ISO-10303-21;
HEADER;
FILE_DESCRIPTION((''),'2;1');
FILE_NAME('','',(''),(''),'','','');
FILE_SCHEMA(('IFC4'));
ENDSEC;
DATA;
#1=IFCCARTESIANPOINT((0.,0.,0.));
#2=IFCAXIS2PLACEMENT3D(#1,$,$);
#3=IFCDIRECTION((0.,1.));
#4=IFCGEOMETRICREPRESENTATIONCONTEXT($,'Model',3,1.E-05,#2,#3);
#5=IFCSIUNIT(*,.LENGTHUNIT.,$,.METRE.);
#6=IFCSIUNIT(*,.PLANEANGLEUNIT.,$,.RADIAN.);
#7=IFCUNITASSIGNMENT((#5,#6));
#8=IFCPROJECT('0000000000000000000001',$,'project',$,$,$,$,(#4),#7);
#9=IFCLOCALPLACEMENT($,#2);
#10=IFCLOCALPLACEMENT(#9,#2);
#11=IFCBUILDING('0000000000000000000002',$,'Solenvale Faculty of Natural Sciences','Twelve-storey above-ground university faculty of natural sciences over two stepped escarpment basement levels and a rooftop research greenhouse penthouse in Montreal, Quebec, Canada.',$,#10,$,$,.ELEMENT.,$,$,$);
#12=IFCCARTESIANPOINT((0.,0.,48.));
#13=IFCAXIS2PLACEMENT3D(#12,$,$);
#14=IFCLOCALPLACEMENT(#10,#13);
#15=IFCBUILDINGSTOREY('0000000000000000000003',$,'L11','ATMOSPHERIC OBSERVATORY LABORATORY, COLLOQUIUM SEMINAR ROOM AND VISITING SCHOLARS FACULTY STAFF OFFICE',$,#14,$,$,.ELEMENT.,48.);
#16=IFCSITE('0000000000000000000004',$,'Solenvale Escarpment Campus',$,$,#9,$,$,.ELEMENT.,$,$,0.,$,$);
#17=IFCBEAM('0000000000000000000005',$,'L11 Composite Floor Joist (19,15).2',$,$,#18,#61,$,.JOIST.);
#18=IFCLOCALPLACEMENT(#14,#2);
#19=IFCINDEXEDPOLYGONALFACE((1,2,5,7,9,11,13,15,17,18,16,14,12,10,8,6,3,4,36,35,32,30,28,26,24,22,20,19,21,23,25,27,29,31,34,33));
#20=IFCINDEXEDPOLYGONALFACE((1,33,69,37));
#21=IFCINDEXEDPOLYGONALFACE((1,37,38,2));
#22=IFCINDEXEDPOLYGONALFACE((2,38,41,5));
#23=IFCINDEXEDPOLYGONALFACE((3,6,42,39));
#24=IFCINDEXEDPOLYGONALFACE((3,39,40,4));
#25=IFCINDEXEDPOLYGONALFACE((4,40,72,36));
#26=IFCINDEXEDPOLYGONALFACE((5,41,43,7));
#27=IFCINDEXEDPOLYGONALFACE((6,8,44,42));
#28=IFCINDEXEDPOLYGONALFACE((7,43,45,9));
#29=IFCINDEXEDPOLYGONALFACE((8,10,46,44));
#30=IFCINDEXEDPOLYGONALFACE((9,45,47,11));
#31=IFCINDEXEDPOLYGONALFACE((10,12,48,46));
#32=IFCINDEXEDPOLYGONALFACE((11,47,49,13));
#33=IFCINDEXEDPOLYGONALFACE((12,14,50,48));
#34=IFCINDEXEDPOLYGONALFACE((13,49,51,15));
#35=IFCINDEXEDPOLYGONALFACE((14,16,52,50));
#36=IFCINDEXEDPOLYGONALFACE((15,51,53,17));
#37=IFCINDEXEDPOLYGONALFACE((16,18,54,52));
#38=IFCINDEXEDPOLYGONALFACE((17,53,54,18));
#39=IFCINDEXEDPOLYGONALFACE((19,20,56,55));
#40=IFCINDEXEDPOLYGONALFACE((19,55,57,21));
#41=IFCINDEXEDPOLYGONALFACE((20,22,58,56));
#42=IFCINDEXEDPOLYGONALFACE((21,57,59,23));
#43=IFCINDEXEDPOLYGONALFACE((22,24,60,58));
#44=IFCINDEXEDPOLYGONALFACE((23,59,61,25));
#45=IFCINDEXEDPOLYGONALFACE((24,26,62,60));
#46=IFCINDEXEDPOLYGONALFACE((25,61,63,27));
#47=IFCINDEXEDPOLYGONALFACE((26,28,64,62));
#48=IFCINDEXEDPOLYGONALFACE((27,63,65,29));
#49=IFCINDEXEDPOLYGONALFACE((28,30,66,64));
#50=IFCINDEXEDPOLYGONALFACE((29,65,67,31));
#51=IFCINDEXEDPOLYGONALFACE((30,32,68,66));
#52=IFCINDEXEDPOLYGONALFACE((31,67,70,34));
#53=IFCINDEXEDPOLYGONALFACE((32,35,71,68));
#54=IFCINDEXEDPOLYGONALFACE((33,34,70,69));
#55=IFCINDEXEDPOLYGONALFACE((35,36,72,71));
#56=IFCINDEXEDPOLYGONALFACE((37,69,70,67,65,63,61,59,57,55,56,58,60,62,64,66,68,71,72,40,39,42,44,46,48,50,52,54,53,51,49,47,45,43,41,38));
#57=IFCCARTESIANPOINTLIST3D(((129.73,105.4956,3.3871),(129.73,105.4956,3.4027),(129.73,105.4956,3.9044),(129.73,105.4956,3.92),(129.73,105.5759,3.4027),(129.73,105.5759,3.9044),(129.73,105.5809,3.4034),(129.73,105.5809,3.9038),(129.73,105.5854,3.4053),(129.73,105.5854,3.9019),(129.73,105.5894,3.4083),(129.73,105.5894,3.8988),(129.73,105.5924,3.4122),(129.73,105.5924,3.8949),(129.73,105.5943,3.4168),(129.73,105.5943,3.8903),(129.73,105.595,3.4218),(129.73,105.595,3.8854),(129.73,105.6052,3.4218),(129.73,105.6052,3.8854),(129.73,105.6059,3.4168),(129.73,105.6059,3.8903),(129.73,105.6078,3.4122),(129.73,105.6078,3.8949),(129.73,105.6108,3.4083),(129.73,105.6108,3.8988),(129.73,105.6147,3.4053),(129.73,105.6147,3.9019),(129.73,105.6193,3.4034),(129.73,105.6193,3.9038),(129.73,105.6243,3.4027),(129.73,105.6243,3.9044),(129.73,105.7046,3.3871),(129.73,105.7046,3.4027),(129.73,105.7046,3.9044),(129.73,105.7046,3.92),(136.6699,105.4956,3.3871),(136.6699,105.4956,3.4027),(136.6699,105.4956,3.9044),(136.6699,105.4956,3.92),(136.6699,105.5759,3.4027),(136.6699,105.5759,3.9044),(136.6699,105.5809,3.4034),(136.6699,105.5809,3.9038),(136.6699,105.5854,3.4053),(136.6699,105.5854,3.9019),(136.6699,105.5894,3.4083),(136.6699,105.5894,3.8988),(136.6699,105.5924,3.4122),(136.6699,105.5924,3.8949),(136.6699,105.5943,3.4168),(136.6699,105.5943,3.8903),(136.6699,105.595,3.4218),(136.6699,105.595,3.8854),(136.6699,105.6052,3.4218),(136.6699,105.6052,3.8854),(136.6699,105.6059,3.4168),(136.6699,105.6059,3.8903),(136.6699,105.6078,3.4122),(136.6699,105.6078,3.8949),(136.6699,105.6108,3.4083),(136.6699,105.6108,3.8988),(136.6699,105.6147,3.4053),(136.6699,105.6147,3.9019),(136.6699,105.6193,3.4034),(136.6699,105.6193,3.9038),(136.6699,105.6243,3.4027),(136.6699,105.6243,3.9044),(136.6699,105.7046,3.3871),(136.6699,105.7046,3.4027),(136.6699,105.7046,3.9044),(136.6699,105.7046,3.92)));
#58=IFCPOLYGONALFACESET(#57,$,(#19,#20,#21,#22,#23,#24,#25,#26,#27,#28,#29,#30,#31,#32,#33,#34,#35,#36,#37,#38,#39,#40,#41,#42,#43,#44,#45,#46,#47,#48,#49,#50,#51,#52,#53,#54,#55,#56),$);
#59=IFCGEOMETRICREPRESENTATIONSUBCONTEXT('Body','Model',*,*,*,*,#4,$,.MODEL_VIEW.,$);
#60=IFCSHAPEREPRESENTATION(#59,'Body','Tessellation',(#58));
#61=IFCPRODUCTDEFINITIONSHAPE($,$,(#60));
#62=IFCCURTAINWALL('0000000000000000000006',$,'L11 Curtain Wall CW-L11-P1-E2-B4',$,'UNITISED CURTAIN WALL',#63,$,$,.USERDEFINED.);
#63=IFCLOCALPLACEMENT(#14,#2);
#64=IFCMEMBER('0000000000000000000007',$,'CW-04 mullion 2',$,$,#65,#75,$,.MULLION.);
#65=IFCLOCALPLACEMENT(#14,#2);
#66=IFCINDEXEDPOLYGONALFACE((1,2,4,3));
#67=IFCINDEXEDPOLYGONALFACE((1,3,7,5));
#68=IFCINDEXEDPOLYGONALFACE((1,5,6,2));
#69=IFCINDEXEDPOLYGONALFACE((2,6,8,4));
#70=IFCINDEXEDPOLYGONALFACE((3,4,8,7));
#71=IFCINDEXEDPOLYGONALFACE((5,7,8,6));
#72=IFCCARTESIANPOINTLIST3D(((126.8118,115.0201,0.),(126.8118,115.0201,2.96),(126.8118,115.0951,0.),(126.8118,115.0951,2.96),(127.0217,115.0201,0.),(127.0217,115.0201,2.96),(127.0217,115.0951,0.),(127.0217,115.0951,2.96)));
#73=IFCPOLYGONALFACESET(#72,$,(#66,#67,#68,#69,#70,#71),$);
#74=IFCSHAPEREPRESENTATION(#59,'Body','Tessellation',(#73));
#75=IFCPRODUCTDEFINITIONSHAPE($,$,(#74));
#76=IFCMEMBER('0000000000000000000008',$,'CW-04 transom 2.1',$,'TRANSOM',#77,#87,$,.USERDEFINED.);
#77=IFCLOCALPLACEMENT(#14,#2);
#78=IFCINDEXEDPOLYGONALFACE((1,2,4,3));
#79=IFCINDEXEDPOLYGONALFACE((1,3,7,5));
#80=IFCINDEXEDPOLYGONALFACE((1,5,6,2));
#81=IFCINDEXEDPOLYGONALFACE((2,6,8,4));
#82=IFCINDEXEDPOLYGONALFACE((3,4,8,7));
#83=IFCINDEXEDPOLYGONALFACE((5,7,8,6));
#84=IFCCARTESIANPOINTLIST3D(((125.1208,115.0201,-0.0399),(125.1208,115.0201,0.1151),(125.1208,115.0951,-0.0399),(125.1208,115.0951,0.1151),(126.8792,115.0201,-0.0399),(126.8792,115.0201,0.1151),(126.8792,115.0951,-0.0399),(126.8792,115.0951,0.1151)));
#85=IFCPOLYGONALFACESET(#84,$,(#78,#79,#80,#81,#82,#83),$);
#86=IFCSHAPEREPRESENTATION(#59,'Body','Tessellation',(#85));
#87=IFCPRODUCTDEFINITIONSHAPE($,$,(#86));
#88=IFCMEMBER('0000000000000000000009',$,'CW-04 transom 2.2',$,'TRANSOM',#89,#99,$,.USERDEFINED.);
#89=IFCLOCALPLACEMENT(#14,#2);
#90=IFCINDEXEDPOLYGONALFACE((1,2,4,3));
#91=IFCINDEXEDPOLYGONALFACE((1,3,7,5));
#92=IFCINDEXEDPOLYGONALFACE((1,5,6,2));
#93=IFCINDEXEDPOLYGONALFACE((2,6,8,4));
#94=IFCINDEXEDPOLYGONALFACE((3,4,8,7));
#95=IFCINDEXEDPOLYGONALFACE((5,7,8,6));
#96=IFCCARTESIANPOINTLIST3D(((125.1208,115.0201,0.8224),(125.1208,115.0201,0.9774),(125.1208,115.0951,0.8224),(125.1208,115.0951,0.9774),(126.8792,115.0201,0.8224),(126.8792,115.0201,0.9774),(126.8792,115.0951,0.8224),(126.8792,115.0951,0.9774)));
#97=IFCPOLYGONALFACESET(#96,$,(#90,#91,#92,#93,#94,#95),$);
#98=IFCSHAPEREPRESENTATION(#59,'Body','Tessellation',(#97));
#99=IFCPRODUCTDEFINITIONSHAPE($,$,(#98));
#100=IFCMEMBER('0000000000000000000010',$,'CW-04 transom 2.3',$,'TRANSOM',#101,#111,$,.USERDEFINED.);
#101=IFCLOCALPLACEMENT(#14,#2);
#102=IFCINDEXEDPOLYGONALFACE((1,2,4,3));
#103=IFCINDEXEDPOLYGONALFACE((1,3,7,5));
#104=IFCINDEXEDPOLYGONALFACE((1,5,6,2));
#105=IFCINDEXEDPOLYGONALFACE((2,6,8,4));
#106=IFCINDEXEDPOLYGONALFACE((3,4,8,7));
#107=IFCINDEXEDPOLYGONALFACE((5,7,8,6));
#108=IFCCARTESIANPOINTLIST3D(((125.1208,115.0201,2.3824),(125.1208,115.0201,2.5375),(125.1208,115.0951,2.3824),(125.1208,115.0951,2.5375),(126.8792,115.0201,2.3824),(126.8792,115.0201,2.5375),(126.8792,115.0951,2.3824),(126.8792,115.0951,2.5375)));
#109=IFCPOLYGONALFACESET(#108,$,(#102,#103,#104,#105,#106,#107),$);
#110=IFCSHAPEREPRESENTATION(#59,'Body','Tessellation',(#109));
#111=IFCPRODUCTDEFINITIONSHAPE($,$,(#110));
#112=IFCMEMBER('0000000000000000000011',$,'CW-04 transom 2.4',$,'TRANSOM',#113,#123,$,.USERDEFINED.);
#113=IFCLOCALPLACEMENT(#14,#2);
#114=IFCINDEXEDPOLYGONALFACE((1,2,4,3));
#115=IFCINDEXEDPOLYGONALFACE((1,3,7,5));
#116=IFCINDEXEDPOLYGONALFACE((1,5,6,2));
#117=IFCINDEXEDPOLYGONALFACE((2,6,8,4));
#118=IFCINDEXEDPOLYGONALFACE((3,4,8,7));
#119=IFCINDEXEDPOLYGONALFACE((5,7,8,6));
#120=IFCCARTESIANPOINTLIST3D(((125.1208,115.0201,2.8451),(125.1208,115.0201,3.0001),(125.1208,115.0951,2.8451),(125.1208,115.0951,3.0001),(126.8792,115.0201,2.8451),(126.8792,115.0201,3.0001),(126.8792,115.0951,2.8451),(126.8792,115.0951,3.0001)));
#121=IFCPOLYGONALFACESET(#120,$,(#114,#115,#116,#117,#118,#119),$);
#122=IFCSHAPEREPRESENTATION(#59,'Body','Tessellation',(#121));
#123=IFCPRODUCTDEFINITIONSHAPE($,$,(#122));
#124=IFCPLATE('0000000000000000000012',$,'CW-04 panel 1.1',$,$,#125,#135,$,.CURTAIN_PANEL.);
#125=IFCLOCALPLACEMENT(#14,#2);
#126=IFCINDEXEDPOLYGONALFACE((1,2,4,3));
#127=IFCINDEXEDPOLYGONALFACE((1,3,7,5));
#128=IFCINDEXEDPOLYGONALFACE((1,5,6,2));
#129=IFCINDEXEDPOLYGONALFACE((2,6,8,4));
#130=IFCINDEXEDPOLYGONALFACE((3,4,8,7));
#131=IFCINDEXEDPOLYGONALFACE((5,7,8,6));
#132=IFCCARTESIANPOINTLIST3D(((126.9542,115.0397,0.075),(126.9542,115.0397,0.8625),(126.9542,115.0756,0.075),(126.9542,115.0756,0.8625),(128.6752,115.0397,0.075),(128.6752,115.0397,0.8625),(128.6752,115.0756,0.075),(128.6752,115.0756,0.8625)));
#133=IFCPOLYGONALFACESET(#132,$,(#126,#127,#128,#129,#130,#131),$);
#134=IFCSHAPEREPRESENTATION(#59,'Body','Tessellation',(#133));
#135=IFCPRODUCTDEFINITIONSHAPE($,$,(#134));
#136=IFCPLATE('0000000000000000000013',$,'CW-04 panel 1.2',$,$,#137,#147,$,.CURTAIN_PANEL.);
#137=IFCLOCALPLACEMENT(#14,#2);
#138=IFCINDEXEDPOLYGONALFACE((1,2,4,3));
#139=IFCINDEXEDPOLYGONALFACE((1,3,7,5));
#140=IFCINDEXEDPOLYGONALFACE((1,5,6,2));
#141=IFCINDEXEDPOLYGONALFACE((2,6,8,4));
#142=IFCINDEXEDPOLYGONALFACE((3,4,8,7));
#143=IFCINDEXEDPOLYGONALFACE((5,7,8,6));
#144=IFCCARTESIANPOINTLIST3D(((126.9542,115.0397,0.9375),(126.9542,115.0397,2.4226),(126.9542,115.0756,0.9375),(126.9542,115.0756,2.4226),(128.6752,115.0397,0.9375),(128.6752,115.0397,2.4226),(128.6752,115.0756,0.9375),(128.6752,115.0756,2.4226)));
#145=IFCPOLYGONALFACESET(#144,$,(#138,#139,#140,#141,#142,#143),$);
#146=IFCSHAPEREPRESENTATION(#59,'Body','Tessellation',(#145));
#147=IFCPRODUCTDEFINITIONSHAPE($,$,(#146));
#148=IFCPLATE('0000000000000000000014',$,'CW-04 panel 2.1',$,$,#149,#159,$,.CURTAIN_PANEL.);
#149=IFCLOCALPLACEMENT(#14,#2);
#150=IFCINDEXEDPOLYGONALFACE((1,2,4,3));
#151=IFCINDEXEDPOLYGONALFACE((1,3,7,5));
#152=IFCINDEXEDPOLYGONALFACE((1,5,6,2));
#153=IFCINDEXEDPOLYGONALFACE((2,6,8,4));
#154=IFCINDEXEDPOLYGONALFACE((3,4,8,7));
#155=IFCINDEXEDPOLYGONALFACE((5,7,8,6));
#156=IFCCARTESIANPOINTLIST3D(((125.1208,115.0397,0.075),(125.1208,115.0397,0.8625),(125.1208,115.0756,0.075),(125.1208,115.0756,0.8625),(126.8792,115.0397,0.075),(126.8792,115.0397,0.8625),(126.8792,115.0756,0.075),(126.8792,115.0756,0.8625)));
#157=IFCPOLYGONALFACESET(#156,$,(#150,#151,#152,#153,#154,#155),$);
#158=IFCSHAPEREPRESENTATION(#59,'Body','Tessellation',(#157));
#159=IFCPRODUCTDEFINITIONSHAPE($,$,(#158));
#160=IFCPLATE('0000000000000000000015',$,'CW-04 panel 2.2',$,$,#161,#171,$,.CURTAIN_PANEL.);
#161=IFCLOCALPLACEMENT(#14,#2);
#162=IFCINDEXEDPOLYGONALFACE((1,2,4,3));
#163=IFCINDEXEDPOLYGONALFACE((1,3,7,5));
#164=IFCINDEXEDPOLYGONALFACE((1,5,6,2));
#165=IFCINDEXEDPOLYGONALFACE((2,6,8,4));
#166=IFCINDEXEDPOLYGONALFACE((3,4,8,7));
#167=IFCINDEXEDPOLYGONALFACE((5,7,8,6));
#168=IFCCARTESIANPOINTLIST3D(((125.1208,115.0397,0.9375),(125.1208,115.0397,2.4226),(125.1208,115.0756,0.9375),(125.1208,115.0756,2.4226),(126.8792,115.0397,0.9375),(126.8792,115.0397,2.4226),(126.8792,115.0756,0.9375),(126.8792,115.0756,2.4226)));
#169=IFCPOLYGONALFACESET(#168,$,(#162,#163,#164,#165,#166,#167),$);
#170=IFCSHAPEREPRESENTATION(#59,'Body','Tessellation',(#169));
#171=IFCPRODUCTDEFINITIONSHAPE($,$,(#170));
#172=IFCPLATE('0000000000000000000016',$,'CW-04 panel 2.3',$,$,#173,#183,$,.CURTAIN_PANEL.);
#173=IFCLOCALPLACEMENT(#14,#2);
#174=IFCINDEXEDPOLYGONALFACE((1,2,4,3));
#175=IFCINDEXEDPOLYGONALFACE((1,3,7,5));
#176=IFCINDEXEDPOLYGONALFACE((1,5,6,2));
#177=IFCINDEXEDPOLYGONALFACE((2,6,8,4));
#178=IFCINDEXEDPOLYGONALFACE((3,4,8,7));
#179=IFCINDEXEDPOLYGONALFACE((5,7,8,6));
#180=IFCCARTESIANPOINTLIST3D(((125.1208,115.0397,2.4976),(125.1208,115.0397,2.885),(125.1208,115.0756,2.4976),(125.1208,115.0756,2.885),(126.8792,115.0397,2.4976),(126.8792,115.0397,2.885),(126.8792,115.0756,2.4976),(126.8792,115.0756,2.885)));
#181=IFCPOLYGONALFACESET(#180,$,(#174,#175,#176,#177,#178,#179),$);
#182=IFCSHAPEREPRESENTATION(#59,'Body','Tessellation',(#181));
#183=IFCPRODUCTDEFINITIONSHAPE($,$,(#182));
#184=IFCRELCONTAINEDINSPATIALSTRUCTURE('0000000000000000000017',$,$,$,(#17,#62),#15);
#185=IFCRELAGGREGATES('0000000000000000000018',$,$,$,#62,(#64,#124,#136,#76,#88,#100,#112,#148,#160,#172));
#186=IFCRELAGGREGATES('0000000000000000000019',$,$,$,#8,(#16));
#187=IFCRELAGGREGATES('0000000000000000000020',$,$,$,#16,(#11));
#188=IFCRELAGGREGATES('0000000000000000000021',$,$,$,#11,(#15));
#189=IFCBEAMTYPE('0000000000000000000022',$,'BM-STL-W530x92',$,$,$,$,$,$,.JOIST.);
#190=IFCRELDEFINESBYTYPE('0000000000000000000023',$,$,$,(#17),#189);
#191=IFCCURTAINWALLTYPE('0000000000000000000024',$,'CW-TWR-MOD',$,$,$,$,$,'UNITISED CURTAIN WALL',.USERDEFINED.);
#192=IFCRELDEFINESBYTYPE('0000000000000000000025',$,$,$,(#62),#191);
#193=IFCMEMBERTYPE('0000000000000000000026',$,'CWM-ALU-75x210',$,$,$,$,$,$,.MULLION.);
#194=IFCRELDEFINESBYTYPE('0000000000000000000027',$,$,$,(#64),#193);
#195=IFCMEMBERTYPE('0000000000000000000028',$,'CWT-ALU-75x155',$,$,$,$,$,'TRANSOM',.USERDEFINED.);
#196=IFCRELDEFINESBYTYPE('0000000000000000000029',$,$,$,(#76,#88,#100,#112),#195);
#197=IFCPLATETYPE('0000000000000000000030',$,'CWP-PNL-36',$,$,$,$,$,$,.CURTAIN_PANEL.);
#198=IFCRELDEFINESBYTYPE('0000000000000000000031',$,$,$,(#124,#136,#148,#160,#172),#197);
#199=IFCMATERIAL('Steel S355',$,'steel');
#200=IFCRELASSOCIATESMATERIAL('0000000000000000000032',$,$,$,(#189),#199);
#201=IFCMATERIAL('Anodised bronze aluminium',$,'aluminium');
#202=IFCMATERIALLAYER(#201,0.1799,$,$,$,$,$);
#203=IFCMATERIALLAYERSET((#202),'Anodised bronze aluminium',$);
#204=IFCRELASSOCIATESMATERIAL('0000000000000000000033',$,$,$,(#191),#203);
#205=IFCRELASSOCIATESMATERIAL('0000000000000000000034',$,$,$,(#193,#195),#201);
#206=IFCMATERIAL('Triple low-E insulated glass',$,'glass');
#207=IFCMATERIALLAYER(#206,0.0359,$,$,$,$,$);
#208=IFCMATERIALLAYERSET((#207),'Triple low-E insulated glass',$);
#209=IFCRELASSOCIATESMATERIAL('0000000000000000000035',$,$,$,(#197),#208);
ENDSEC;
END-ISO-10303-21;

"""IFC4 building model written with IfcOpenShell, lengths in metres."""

from ifc_helpers import new_model, si_unit, direction, frame, origin, origin_2d, place, context, subcontext, project, spatial, rectangle, i_section, extrude, material, layer, layer_set, material_profile, profile_set, type_object, element, aggregate, save


model = new_model("IFC4")

# Units and contexts
model_context = context("Model", 3, precision=1e-05, world=origin(), true_north=direction((0.0, 1.0)))
body_context = subcontext(model_context, "Body", "Model", "MODEL_VIEW")
ifc_project = project(units=[si_unit("LENGTHUNIT", "METRE"), si_unit("PLANEANGLEUNIT", "RADIAN")], contexts=[model_context])

# Site, building, storey
site_placement = place(None, origin())
site = spatial("IfcSite", under=ifc_project, at=site_placement, Name="Solenvale Escarpment Campus", CompositionType="ELEMENT", RefElevation=0.0)
building_placement = place(site_placement, origin())
building = spatial("IfcBuilding", under=site, at=building_placement, Name="Solenvale Faculty of Natural Sciences", Description="Twelve-storey above-ground university faculty of natural sciences over two stepped escarpment basement levels and a rooftop research greenhouse penthouse in Montreal, Quebec, Canada.", CompositionType="ELEMENT")
storey_placement = place(building_placement, frame((0.0, 0.0, 48.0)))
storey = spatial("IfcBuildingStorey", under=building, at=storey_placement, Name="L11", Description="ATMOSPHERIC OBSERVATORY LABORATORY, COLLOQUIUM SEMINAR ROOM AND VISITING SCHOLARS FACULTY STAFF OFFICE", CompositionType="ELEMENT", Elevation=48.0)

# Beam
ifc_material_1 = material(Name="Steel S355", Category="steel")
ifc_material_profile_1 = material_profile(ifc_material_1, i_section(OverallWidth=0.209, OverallDepth=0.533, WebThickness=0.0103, FlangeThickness=0.0156, FilletRadius=0.019, at=origin_2d()), Name="W530x92")
ifc_profile_set_1 = profile_set([ifc_material_profile_1], Name="Steel S355")
beam_type_1 = type_object("IfcBeamType", Name="BM-STL-W530x92", PredefinedType="JOIST", material=ifc_profile_set_1)
for number, where, z_axis, x_axis, name in (
    (1, (129.73, 105.6001, 3.6536), (1.0, 0.0, 0.0), (0.0, 1.0, 0.0), "L11 Composite Floor Joist (19,15).2"),
):
    element("IfcBeam", number, at=place(storey_placement, frame(where, z_axis=z_axis, x_axis=x_axis)), inside=storey, type_object=beam_type_1, Name=name, PredefinedType="JOIST", context=body_context, shape_type="SweptSolid", body=[
        extrude(i_section(OverallWidth=0.209, OverallDepth=0.533, WebThickness=0.0103, FlangeThickness=0.0156, FilletRadius=0.019, at=origin_2d()), origin(), (0.0, 0.0, 1.0), 6.9399),
    ])

# Curtain wall, members, plates
ifc_material_2 = material(Name="Anodised bronze aluminium", Category="aluminium")
ifc_layer_1 = layer(ifc_material_2, 0.1799)
ifc_layer_set_1 = layer_set([ifc_layer_1], Name="Anodised bronze aluminium")
curtain_wall_type = type_object("IfcCurtainWallType", Name="CW-TWR-MOD", ElementType="UNITISED CURTAIN WALL", PredefinedType="USERDEFINED", material=ifc_layer_set_1)
curtain_wall_placement = place(storey_placement, origin())
curtain_wall = element("IfcCurtainWall", 2, at=curtain_wall_placement, inside=storey, type_object=curtain_wall_type, Name="L11 Curtain Wall CW-L11-P1-E2-B4", ObjectType="UNITISED CURTAIN WALL", PredefinedType="USERDEFINED")
ifc_material_profile_2 = material_profile(ifc_material_2, rectangle(XDim=0.075, YDim=0.21, at=origin_2d()), Name="ALU-MUL-75x210")
ifc_profile_set_2 = profile_set([ifc_material_profile_2], Name="Anodised bronze aluminium")
member_type_1 = type_object("IfcMemberType", Name="CWM-ALU-75x210", PredefinedType="MULLION", material=ifc_profile_set_2)
member_1_placement = place(storey_placement, frame((126.9167, 115.0576, 0.0), z_axis=(0.0, 0.0, 1.0), x_axis=(0.0, -1.0, 0.0)))
member_1 = element("IfcMember", 3, at=member_1_placement, type_object=member_type_1, Name="CW-04 mullion 2", PredefinedType="MULLION", context=body_context, shape_type="SweptSolid", body=[
    extrude(rectangle(XDim=0.075, YDim=0.21, at=origin_2d()), origin(), (0.0, 0.0, 1.0), 2.96),
])
ifc_material_profile_3 = material_profile(ifc_material_2, rectangle(XDim=0.075, YDim=0.155, at=origin_2d()), Name="ALU-TRN-75x155")
ifc_profile_set_3 = profile_set([ifc_material_profile_3], Name="Anodised bronze aluminium")
member_type_2 = type_object("IfcMemberType", Name="CWT-ALU-75x155", ElementType="TRANSOM", PredefinedType="USERDEFINED", material=ifc_profile_set_3)
member_2_placement = place(storey_placement, frame((126.8792, 115.0576, 0.0376), z_axis=(-1.0, 0.0, 0.0), x_axis=(0.0, -1.0, 0.0)))
member_2 = element("IfcMember", 4, at=member_2_placement, type_object=member_type_2, Name="CW-04 transom 2.1", ObjectType="TRANSOM", PredefinedType="USERDEFINED", context=body_context, shape_type="SweptSolid", body=[
    extrude(rectangle(XDim=0.075, YDim=0.155, at=origin_2d()), origin(), (0.0, 0.0, 1.0), 1.7583),
])
member_3_placement = place(storey_placement, frame((126.8792, 115.0576, 0.8999), z_axis=(-1.0, 0.0, 0.0), x_axis=(0.0, -1.0, 0.0)))
member_3 = element("IfcMember", 5, at=member_3_placement, type_object=member_type_2, Name="CW-04 transom 2.2", ObjectType="TRANSOM", PredefinedType="USERDEFINED", context=body_context, shape_type="SweptSolid", body=[
    extrude(rectangle(XDim=0.075, YDim=0.155, at=origin_2d()), origin(), (0.0, 0.0, 1.0), 1.7583),
])
member_4_placement = place(storey_placement, frame((126.8792, 115.0576, 2.46), z_axis=(-1.0, 0.0, 0.0), x_axis=(0.0, -1.0, 0.0)))
member_4 = element("IfcMember", 6, at=member_4_placement, type_object=member_type_2, Name="CW-04 transom 2.3", ObjectType="TRANSOM", PredefinedType="USERDEFINED", context=body_context, shape_type="SweptSolid", body=[
    extrude(rectangle(XDim=0.075, YDim=0.155, at=origin_2d()), origin(), (0.0, 0.0, 1.0), 1.7583),
])
member_5_placement = place(storey_placement, frame((126.8792, 115.0576, 2.9226), z_axis=(-1.0, 0.0, 0.0), x_axis=(0.0, -1.0, 0.0)))
member_5 = element("IfcMember", 7, at=member_5_placement, type_object=member_type_2, Name="CW-04 transom 2.4", ObjectType="TRANSOM", PredefinedType="USERDEFINED", context=body_context, shape_type="SweptSolid", body=[
    extrude(rectangle(XDim=0.075, YDim=0.155, at=origin_2d()), origin(), (0.0, 0.0, 1.0), 1.7583),
])
ifc_material_3 = material(Name="Triple low-E insulated glass", Category="glass")
ifc_layer_2 = layer(ifc_material_3, 0.0359)
ifc_layer_set_2 = layer_set([ifc_layer_2], Name="Triple low-E insulated glass")
plate_type = type_object("IfcPlateType", Name="CWP-PNL-36", PredefinedType="CURTAIN_PANEL", material=ifc_layer_set_2)
plate_1_placement = place(storey_placement, frame((127.8147, 115.0576, 0.075), z_axis=(0.0, 0.0, 1.0), x_axis=(-1.0, 0.0, 0.0)))
plate_1 = element("IfcPlate", 8, at=plate_1_placement, type_object=plate_type, Name="CW-04 panel 1.1", PredefinedType="CURTAIN_PANEL", context=body_context, shape_type="SweptSolid", body=[
    extrude(rectangle(XDim=1.7209, YDim=0.0359, at=origin_2d()), origin(), (0.0, 0.0, 1.0), 0.7876),
])
plate_2_placement = place(storey_placement, frame((127.8147, 115.0576, 0.9375), z_axis=(0.0, 0.0, 1.0), x_axis=(-1.0, 0.0, 0.0)))
plate_2 = element("IfcPlate", 9, at=plate_2_placement, type_object=plate_type, Name="CW-04 panel 1.2", PredefinedType="CURTAIN_PANEL", context=body_context, shape_type="SweptSolid", body=[
    extrude(rectangle(XDim=1.7209, YDim=0.0359, at=origin_2d()), origin(), (0.0, 0.0, 1.0), 1.4851),
])
plate_3_placement = place(storey_placement, frame((126.0, 115.0576, 0.075), z_axis=(0.0, 0.0, 1.0), x_axis=(-1.0, 0.0, 0.0)))
plate_3 = element("IfcPlate", 10, at=plate_3_placement, type_object=plate_type, Name="CW-04 panel 2.1", PredefinedType="CURTAIN_PANEL", context=body_context, shape_type="SweptSolid", body=[
    extrude(rectangle(XDim=1.7583, YDim=0.0359, at=origin_2d()), origin(), (0.0, 0.0, 1.0), 0.7876),
])
plate_4_placement = place(storey_placement, frame((126.0, 115.0576, 0.9375), z_axis=(0.0, 0.0, 1.0), x_axis=(-1.0, 0.0, 0.0)))
plate_4 = element("IfcPlate", 11, at=plate_4_placement, type_object=plate_type, Name="CW-04 panel 2.2", PredefinedType="CURTAIN_PANEL", context=body_context, shape_type="SweptSolid", body=[
    extrude(rectangle(XDim=1.7583, YDim=0.0359, at=origin_2d()), origin(), (0.0, 0.0, 1.0), 1.4851),
])
plate_5_placement = place(storey_placement, frame((126.0, 115.0576, 2.4976), z_axis=(0.0, 0.0, 1.0), x_axis=(-1.0, 0.0, 0.0)))
plate_5 = element("IfcPlate", 12, at=plate_5_placement, type_object=plate_type, Name="CW-04 panel 2.3", PredefinedType="CURTAIN_PANEL", context=body_context, shape_type="SweptSolid", body=[
    extrude(rectangle(XDim=1.7583, YDim=0.0359, at=origin_2d()), origin(), (0.0, 0.0, 1.0), 0.3875),
])
aggregate(curtain_wall, [member_1, plate_1, plate_2, member_2, member_3, member_4, member_5, plate_3, plate_4, plate_5])

save(model, "model.ifc")
